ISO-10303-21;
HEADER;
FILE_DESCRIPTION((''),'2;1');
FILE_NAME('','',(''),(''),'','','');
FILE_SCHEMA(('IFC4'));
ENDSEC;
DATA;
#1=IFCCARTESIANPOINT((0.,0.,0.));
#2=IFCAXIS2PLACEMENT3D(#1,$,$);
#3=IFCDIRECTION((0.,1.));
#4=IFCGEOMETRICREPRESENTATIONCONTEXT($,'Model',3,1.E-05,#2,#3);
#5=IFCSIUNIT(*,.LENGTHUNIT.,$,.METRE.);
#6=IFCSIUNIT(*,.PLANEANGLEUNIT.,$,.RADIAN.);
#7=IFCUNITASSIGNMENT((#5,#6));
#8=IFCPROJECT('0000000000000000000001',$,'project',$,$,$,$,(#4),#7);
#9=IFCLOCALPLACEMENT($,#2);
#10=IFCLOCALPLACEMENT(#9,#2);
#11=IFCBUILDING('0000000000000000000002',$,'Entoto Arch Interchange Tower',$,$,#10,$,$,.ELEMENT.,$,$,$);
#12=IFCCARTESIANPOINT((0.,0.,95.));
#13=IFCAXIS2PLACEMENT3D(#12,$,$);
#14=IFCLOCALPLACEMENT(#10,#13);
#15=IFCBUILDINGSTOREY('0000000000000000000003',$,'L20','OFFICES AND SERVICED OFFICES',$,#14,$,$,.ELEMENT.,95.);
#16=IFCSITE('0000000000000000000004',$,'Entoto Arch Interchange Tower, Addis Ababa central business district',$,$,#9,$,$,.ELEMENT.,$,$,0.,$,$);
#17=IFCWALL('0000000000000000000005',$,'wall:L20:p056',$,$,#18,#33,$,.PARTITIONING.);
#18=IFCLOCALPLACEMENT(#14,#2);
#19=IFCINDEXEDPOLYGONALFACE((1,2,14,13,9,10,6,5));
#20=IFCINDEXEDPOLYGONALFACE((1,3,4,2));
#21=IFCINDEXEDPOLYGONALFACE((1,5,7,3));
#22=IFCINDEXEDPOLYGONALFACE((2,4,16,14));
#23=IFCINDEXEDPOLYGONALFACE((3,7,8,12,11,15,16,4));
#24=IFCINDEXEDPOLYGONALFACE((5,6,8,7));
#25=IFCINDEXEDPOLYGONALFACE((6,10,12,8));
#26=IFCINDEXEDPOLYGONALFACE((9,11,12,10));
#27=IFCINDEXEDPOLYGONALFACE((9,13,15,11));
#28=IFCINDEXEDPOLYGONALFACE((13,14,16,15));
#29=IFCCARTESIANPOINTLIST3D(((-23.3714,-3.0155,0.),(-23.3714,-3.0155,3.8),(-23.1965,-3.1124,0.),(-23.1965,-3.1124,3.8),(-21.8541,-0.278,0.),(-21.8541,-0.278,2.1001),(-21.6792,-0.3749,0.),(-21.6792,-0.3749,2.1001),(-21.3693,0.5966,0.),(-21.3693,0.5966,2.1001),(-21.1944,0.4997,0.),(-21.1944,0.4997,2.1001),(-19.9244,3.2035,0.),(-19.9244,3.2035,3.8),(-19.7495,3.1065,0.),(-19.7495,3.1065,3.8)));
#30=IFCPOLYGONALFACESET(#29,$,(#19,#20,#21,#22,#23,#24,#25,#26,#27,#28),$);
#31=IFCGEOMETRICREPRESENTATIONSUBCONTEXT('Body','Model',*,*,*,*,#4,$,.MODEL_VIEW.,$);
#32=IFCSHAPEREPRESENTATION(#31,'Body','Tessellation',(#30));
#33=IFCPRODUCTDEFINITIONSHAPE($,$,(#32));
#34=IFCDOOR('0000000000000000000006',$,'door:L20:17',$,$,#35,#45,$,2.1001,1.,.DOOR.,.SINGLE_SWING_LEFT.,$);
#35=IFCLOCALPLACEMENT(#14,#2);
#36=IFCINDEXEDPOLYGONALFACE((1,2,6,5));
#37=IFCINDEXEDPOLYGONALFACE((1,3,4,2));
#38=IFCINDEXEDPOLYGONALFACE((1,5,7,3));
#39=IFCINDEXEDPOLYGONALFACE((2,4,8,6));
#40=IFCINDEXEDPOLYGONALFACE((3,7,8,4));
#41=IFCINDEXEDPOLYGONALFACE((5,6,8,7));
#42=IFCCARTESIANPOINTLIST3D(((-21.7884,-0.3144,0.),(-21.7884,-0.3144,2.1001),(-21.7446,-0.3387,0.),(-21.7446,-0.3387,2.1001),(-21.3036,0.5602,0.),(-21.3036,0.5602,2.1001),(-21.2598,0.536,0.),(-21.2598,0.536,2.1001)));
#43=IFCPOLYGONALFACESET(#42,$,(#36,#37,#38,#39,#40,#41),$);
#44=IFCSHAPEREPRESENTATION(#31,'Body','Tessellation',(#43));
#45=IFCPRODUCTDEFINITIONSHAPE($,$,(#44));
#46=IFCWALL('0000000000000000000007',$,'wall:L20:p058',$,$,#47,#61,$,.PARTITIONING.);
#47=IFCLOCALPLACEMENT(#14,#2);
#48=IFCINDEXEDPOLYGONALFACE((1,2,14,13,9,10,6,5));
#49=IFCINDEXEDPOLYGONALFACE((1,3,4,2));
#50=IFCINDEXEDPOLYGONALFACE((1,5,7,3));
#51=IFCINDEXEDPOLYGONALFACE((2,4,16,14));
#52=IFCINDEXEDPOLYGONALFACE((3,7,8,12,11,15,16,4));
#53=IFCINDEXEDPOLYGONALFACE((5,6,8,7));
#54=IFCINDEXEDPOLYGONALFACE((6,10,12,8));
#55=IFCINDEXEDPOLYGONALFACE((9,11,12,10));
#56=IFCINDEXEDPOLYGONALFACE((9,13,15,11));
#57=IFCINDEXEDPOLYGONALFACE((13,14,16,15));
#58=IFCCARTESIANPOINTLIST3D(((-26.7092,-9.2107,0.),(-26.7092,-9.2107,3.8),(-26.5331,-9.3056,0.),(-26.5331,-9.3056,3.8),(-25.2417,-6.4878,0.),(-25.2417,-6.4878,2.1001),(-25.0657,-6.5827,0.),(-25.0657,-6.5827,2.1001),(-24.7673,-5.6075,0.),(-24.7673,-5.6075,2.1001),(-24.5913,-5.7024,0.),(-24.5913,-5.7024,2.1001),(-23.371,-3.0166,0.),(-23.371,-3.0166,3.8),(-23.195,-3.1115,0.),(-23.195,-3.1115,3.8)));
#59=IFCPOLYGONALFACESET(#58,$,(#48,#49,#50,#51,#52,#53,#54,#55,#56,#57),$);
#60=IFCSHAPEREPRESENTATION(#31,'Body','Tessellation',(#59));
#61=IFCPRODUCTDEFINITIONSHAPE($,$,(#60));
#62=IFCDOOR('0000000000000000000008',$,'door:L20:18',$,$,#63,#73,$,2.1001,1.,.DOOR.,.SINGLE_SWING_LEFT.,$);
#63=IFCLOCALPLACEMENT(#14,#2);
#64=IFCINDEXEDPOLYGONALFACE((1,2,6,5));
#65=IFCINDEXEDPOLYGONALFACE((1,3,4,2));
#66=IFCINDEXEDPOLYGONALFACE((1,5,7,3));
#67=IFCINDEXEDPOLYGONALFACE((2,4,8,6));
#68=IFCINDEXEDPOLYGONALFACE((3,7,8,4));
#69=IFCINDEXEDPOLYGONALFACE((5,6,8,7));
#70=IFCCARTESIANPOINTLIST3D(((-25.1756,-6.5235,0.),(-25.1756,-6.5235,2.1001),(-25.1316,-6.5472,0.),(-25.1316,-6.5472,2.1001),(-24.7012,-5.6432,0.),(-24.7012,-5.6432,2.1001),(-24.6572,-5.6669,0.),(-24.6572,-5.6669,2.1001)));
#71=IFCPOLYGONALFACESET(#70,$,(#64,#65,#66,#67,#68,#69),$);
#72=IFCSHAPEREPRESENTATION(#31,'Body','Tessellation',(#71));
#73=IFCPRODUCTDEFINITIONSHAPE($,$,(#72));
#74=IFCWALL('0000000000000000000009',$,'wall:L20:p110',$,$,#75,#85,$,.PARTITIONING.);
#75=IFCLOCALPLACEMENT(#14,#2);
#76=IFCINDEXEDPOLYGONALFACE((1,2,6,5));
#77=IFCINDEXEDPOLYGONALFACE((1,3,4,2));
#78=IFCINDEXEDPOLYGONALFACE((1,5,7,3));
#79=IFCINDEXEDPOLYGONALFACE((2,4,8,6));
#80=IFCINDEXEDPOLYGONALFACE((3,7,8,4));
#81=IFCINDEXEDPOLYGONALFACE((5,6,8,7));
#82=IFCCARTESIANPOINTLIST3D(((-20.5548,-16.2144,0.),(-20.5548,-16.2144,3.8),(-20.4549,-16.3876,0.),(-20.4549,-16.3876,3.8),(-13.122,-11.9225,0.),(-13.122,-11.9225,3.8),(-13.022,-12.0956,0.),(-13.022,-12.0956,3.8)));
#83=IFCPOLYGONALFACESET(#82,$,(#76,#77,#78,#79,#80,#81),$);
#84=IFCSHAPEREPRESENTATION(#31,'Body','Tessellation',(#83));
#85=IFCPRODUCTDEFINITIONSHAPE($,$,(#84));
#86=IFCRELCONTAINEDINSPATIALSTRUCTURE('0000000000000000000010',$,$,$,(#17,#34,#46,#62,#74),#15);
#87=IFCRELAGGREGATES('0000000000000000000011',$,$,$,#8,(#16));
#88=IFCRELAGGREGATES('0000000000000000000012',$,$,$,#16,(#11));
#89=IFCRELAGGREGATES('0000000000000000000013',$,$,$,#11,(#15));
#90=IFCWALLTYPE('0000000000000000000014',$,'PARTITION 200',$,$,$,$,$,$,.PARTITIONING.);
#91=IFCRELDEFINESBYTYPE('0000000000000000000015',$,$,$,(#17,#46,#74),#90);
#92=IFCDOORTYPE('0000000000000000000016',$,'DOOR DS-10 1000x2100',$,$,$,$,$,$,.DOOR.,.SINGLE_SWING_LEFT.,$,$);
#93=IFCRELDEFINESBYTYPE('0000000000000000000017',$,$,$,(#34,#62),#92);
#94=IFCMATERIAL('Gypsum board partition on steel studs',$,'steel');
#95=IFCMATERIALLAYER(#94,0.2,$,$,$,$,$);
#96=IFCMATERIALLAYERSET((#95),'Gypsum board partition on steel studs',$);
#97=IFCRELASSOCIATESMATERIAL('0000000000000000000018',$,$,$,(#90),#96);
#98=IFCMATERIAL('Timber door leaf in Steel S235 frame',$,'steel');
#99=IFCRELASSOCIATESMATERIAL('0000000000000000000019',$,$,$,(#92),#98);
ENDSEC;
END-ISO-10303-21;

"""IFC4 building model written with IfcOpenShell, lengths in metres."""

from ifc_helpers import new_model, si_unit, direction, frame, frame_2d, origin, place, context, subcontext, project, spatial, rectangle, extrude, material, layer, layer_set, type_object, element, fill, save


model = new_model("IFC4")

# Units and contexts
model_context = context("Model", 3, precision=1e-05, world=origin(), true_north=direction((0.0, 1.0)))
body_context = subcontext(model_context, "Body", "Model", "MODEL_VIEW")
ifc_project = project(units=[si_unit("LENGTHUNIT", "METRE"), si_unit("PLANEANGLEUNIT", "RADIAN")], contexts=[model_context])

# Site, building, storey
site_placement = place(None, origin())
site = spatial("IfcSite", under=ifc_project, at=site_placement, Name="Entoto Arch Interchange Tower, Addis Ababa central business district", CompositionType="ELEMENT", RefElevation=0.0)
building_placement = place(site_placement, origin())
building = spatial("IfcBuilding", under=site, at=building_placement, Name="Entoto Arch Interchange Tower", CompositionType="ELEMENT")
storey_placement = place(building_placement, frame((0.0, 0.0, 95.0)))
storey = spatial("IfcBuildingStorey", under=building, at=storey_placement, Name="L20", Description="OFFICES AND SERVICED OFFICES", CompositionType="ELEMENT", Elevation=95.0)

# Shared definitions
ifc_material_1 = material(Name="Gypsum board partition on steel studs", Category="steel")
ifc_layer_1 = layer(ifc_material_1, 0.2)
ifc_layer_set_1 = layer_set([ifc_layer_1], Name="Gypsum board partition on steel studs")
wall_type_1 = type_object("IfcWallType", Name="PARTITION 200", PredefinedType="PARTITIONING", material=ifc_layer_set_1)

# Shared definitions
ifc_material_2 = material(Name="Timber door leaf in Steel S235 frame", Category="steel")
door_type = type_object("IfcDoorType", Name="DOOR DS-10 1000x2100", OperationType="SINGLE_SWING_LEFT", PredefinedType="DOOR", material=ifc_material_2)

# Walls, openings, doors
wall_1_placement = place(storey_placement, frame((-23.2839, -3.064, 0.0), z_axis=(0.0, 0.0, 1.0), x_axis=(0.484786, 0.874633, 0.0)))
wall_1 = element("IfcWall", 1, at=wall_1_placement, inside=storey, type_object=wall_type_1, Name="wall:L20:p056", PredefinedType="PARTITIONING", context=body_context, shape_type="SweptSolid", body=[
    extrude(rectangle(XDim=7.1104, YDim=0.2, at=frame_2d((3.5552, 0.0))), origin(), (0.0, 0.0, 1.0), 3.8),
])
opening_1_placement = place(wall_1_placement, frame((3.1299, 0.0, 0.0)))
opening_1 = element("IfcOpeningElement", 2, at=opening_1_placement, cuts=wall_1, PredefinedType="OPENING", context=body_context, shape_type="SweptSolid", body=[
    extrude(rectangle(XDim=1.0, YDim=2.1001, at=frame_2d((0.5, 1.05))), frame((0.0, 0.1099, 0.0), z_axis=(0.0, -1.0, 0.0), x_axis=(1.0, 0.0, 0.0)), (0.0, 0.0, 1.0), 0.22),
])
door_1_placement = place(opening_1_placement, origin())
door_1 = element("IfcDoor", 3, at=door_1_placement, inside=storey, type_object=door_type, Name="door:L20:17", OperationType="SINGLE_SWING_LEFT", OverallHeight=2.1001, OverallWidth=1.0, PredefinedType="DOOR", context=body_context, shape_type="SweptSolid", body=[
    extrude(rectangle(XDim=1.0, YDim=2.1001, at=frame_2d((0.5, 1.05))), frame((0.0, 0.0249, 0.0), z_axis=(0.0, -1.0, 0.0), x_axis=(1.0, 0.0, 0.0)), (0.0, 0.0, 1.0), 0.05),
])
fill(opening_1, door_1)
wall_2_placement = place(storey_placement, frame((-26.6211, -9.2581, 0.0), z_axis=(0.0, 0.0, 1.0), x_axis=(0.474414, 0.880302, 0.0)))
wall_2 = element("IfcWall", 4, at=wall_2_placement, inside=storey, type_object=wall_type_1, Name="wall:L20:p058", PredefinedType="PARTITIONING", context=body_context, shape_type="SweptSolid", body=[
    extrude(rectangle(XDim=7.0364, YDim=0.2, at=frame_2d((3.5181, 0.0))), origin(), (0.0, 0.0, 1.0), 3.8),
])
opening_2_placement = place(wall_2_placement, frame((3.093, 0.0, 0.0)))
opening_2 = element("IfcOpeningElement", 5, at=opening_2_placement, cuts=wall_2, PredefinedType="OPENING", context=body_context, shape_type="SweptSolid", body=[
    extrude(rectangle(XDim=1.0, YDim=2.1001, at=frame_2d((0.5, 1.05))), frame((0.0, 0.1099, 0.0), z_axis=(0.0, -1.0, 0.0), x_axis=(1.0, 0.0, 0.0)), (0.0, 0.0, 1.0), 0.22),
])
door_2_placement = place(opening_2_placement, origin())
door_2 = element("IfcDoor", 6, at=door_2_placement, inside=storey, type_object=door_type, Name="door:L20:18", OperationType="SINGLE_SWING_LEFT", OverallHeight=2.1001, OverallWidth=1.0, PredefinedType="DOOR", context=body_context, shape_type="SweptSolid", body=[
    extrude(rectangle(XDim=1.0, YDim=2.1001, at=frame_2d((0.5, 1.05))), frame((0.0, 0.0249, 0.0), z_axis=(0.0, -1.0, 0.0), x_axis=(1.0, 0.0, 0.0)), (0.0, 0.0, 1.0), 0.05),
])
fill(opening_2, door_2)

# Wall
wall_3_placement = place(storey_placement, frame((-13.072, -12.009, 0.0), z_axis=(0.0, 0.0, 1.0), x_axis=(-0.865994, -0.500055, 0.0)))
element("IfcWall", 7, at=wall_3_placement, inside=storey, type_object=wall_type_1, Name="wall:L20:p110", PredefinedType="PARTITIONING", context=body_context, shape_type="SweptSolid", body=[
    extrude(rectangle(XDim=8.583, YDim=0.2, at=frame_2d((4.2915, 0.0))), origin(), (0.0, 0.0, 1.0), 3.8),
])

save(model, "model.ifc")
